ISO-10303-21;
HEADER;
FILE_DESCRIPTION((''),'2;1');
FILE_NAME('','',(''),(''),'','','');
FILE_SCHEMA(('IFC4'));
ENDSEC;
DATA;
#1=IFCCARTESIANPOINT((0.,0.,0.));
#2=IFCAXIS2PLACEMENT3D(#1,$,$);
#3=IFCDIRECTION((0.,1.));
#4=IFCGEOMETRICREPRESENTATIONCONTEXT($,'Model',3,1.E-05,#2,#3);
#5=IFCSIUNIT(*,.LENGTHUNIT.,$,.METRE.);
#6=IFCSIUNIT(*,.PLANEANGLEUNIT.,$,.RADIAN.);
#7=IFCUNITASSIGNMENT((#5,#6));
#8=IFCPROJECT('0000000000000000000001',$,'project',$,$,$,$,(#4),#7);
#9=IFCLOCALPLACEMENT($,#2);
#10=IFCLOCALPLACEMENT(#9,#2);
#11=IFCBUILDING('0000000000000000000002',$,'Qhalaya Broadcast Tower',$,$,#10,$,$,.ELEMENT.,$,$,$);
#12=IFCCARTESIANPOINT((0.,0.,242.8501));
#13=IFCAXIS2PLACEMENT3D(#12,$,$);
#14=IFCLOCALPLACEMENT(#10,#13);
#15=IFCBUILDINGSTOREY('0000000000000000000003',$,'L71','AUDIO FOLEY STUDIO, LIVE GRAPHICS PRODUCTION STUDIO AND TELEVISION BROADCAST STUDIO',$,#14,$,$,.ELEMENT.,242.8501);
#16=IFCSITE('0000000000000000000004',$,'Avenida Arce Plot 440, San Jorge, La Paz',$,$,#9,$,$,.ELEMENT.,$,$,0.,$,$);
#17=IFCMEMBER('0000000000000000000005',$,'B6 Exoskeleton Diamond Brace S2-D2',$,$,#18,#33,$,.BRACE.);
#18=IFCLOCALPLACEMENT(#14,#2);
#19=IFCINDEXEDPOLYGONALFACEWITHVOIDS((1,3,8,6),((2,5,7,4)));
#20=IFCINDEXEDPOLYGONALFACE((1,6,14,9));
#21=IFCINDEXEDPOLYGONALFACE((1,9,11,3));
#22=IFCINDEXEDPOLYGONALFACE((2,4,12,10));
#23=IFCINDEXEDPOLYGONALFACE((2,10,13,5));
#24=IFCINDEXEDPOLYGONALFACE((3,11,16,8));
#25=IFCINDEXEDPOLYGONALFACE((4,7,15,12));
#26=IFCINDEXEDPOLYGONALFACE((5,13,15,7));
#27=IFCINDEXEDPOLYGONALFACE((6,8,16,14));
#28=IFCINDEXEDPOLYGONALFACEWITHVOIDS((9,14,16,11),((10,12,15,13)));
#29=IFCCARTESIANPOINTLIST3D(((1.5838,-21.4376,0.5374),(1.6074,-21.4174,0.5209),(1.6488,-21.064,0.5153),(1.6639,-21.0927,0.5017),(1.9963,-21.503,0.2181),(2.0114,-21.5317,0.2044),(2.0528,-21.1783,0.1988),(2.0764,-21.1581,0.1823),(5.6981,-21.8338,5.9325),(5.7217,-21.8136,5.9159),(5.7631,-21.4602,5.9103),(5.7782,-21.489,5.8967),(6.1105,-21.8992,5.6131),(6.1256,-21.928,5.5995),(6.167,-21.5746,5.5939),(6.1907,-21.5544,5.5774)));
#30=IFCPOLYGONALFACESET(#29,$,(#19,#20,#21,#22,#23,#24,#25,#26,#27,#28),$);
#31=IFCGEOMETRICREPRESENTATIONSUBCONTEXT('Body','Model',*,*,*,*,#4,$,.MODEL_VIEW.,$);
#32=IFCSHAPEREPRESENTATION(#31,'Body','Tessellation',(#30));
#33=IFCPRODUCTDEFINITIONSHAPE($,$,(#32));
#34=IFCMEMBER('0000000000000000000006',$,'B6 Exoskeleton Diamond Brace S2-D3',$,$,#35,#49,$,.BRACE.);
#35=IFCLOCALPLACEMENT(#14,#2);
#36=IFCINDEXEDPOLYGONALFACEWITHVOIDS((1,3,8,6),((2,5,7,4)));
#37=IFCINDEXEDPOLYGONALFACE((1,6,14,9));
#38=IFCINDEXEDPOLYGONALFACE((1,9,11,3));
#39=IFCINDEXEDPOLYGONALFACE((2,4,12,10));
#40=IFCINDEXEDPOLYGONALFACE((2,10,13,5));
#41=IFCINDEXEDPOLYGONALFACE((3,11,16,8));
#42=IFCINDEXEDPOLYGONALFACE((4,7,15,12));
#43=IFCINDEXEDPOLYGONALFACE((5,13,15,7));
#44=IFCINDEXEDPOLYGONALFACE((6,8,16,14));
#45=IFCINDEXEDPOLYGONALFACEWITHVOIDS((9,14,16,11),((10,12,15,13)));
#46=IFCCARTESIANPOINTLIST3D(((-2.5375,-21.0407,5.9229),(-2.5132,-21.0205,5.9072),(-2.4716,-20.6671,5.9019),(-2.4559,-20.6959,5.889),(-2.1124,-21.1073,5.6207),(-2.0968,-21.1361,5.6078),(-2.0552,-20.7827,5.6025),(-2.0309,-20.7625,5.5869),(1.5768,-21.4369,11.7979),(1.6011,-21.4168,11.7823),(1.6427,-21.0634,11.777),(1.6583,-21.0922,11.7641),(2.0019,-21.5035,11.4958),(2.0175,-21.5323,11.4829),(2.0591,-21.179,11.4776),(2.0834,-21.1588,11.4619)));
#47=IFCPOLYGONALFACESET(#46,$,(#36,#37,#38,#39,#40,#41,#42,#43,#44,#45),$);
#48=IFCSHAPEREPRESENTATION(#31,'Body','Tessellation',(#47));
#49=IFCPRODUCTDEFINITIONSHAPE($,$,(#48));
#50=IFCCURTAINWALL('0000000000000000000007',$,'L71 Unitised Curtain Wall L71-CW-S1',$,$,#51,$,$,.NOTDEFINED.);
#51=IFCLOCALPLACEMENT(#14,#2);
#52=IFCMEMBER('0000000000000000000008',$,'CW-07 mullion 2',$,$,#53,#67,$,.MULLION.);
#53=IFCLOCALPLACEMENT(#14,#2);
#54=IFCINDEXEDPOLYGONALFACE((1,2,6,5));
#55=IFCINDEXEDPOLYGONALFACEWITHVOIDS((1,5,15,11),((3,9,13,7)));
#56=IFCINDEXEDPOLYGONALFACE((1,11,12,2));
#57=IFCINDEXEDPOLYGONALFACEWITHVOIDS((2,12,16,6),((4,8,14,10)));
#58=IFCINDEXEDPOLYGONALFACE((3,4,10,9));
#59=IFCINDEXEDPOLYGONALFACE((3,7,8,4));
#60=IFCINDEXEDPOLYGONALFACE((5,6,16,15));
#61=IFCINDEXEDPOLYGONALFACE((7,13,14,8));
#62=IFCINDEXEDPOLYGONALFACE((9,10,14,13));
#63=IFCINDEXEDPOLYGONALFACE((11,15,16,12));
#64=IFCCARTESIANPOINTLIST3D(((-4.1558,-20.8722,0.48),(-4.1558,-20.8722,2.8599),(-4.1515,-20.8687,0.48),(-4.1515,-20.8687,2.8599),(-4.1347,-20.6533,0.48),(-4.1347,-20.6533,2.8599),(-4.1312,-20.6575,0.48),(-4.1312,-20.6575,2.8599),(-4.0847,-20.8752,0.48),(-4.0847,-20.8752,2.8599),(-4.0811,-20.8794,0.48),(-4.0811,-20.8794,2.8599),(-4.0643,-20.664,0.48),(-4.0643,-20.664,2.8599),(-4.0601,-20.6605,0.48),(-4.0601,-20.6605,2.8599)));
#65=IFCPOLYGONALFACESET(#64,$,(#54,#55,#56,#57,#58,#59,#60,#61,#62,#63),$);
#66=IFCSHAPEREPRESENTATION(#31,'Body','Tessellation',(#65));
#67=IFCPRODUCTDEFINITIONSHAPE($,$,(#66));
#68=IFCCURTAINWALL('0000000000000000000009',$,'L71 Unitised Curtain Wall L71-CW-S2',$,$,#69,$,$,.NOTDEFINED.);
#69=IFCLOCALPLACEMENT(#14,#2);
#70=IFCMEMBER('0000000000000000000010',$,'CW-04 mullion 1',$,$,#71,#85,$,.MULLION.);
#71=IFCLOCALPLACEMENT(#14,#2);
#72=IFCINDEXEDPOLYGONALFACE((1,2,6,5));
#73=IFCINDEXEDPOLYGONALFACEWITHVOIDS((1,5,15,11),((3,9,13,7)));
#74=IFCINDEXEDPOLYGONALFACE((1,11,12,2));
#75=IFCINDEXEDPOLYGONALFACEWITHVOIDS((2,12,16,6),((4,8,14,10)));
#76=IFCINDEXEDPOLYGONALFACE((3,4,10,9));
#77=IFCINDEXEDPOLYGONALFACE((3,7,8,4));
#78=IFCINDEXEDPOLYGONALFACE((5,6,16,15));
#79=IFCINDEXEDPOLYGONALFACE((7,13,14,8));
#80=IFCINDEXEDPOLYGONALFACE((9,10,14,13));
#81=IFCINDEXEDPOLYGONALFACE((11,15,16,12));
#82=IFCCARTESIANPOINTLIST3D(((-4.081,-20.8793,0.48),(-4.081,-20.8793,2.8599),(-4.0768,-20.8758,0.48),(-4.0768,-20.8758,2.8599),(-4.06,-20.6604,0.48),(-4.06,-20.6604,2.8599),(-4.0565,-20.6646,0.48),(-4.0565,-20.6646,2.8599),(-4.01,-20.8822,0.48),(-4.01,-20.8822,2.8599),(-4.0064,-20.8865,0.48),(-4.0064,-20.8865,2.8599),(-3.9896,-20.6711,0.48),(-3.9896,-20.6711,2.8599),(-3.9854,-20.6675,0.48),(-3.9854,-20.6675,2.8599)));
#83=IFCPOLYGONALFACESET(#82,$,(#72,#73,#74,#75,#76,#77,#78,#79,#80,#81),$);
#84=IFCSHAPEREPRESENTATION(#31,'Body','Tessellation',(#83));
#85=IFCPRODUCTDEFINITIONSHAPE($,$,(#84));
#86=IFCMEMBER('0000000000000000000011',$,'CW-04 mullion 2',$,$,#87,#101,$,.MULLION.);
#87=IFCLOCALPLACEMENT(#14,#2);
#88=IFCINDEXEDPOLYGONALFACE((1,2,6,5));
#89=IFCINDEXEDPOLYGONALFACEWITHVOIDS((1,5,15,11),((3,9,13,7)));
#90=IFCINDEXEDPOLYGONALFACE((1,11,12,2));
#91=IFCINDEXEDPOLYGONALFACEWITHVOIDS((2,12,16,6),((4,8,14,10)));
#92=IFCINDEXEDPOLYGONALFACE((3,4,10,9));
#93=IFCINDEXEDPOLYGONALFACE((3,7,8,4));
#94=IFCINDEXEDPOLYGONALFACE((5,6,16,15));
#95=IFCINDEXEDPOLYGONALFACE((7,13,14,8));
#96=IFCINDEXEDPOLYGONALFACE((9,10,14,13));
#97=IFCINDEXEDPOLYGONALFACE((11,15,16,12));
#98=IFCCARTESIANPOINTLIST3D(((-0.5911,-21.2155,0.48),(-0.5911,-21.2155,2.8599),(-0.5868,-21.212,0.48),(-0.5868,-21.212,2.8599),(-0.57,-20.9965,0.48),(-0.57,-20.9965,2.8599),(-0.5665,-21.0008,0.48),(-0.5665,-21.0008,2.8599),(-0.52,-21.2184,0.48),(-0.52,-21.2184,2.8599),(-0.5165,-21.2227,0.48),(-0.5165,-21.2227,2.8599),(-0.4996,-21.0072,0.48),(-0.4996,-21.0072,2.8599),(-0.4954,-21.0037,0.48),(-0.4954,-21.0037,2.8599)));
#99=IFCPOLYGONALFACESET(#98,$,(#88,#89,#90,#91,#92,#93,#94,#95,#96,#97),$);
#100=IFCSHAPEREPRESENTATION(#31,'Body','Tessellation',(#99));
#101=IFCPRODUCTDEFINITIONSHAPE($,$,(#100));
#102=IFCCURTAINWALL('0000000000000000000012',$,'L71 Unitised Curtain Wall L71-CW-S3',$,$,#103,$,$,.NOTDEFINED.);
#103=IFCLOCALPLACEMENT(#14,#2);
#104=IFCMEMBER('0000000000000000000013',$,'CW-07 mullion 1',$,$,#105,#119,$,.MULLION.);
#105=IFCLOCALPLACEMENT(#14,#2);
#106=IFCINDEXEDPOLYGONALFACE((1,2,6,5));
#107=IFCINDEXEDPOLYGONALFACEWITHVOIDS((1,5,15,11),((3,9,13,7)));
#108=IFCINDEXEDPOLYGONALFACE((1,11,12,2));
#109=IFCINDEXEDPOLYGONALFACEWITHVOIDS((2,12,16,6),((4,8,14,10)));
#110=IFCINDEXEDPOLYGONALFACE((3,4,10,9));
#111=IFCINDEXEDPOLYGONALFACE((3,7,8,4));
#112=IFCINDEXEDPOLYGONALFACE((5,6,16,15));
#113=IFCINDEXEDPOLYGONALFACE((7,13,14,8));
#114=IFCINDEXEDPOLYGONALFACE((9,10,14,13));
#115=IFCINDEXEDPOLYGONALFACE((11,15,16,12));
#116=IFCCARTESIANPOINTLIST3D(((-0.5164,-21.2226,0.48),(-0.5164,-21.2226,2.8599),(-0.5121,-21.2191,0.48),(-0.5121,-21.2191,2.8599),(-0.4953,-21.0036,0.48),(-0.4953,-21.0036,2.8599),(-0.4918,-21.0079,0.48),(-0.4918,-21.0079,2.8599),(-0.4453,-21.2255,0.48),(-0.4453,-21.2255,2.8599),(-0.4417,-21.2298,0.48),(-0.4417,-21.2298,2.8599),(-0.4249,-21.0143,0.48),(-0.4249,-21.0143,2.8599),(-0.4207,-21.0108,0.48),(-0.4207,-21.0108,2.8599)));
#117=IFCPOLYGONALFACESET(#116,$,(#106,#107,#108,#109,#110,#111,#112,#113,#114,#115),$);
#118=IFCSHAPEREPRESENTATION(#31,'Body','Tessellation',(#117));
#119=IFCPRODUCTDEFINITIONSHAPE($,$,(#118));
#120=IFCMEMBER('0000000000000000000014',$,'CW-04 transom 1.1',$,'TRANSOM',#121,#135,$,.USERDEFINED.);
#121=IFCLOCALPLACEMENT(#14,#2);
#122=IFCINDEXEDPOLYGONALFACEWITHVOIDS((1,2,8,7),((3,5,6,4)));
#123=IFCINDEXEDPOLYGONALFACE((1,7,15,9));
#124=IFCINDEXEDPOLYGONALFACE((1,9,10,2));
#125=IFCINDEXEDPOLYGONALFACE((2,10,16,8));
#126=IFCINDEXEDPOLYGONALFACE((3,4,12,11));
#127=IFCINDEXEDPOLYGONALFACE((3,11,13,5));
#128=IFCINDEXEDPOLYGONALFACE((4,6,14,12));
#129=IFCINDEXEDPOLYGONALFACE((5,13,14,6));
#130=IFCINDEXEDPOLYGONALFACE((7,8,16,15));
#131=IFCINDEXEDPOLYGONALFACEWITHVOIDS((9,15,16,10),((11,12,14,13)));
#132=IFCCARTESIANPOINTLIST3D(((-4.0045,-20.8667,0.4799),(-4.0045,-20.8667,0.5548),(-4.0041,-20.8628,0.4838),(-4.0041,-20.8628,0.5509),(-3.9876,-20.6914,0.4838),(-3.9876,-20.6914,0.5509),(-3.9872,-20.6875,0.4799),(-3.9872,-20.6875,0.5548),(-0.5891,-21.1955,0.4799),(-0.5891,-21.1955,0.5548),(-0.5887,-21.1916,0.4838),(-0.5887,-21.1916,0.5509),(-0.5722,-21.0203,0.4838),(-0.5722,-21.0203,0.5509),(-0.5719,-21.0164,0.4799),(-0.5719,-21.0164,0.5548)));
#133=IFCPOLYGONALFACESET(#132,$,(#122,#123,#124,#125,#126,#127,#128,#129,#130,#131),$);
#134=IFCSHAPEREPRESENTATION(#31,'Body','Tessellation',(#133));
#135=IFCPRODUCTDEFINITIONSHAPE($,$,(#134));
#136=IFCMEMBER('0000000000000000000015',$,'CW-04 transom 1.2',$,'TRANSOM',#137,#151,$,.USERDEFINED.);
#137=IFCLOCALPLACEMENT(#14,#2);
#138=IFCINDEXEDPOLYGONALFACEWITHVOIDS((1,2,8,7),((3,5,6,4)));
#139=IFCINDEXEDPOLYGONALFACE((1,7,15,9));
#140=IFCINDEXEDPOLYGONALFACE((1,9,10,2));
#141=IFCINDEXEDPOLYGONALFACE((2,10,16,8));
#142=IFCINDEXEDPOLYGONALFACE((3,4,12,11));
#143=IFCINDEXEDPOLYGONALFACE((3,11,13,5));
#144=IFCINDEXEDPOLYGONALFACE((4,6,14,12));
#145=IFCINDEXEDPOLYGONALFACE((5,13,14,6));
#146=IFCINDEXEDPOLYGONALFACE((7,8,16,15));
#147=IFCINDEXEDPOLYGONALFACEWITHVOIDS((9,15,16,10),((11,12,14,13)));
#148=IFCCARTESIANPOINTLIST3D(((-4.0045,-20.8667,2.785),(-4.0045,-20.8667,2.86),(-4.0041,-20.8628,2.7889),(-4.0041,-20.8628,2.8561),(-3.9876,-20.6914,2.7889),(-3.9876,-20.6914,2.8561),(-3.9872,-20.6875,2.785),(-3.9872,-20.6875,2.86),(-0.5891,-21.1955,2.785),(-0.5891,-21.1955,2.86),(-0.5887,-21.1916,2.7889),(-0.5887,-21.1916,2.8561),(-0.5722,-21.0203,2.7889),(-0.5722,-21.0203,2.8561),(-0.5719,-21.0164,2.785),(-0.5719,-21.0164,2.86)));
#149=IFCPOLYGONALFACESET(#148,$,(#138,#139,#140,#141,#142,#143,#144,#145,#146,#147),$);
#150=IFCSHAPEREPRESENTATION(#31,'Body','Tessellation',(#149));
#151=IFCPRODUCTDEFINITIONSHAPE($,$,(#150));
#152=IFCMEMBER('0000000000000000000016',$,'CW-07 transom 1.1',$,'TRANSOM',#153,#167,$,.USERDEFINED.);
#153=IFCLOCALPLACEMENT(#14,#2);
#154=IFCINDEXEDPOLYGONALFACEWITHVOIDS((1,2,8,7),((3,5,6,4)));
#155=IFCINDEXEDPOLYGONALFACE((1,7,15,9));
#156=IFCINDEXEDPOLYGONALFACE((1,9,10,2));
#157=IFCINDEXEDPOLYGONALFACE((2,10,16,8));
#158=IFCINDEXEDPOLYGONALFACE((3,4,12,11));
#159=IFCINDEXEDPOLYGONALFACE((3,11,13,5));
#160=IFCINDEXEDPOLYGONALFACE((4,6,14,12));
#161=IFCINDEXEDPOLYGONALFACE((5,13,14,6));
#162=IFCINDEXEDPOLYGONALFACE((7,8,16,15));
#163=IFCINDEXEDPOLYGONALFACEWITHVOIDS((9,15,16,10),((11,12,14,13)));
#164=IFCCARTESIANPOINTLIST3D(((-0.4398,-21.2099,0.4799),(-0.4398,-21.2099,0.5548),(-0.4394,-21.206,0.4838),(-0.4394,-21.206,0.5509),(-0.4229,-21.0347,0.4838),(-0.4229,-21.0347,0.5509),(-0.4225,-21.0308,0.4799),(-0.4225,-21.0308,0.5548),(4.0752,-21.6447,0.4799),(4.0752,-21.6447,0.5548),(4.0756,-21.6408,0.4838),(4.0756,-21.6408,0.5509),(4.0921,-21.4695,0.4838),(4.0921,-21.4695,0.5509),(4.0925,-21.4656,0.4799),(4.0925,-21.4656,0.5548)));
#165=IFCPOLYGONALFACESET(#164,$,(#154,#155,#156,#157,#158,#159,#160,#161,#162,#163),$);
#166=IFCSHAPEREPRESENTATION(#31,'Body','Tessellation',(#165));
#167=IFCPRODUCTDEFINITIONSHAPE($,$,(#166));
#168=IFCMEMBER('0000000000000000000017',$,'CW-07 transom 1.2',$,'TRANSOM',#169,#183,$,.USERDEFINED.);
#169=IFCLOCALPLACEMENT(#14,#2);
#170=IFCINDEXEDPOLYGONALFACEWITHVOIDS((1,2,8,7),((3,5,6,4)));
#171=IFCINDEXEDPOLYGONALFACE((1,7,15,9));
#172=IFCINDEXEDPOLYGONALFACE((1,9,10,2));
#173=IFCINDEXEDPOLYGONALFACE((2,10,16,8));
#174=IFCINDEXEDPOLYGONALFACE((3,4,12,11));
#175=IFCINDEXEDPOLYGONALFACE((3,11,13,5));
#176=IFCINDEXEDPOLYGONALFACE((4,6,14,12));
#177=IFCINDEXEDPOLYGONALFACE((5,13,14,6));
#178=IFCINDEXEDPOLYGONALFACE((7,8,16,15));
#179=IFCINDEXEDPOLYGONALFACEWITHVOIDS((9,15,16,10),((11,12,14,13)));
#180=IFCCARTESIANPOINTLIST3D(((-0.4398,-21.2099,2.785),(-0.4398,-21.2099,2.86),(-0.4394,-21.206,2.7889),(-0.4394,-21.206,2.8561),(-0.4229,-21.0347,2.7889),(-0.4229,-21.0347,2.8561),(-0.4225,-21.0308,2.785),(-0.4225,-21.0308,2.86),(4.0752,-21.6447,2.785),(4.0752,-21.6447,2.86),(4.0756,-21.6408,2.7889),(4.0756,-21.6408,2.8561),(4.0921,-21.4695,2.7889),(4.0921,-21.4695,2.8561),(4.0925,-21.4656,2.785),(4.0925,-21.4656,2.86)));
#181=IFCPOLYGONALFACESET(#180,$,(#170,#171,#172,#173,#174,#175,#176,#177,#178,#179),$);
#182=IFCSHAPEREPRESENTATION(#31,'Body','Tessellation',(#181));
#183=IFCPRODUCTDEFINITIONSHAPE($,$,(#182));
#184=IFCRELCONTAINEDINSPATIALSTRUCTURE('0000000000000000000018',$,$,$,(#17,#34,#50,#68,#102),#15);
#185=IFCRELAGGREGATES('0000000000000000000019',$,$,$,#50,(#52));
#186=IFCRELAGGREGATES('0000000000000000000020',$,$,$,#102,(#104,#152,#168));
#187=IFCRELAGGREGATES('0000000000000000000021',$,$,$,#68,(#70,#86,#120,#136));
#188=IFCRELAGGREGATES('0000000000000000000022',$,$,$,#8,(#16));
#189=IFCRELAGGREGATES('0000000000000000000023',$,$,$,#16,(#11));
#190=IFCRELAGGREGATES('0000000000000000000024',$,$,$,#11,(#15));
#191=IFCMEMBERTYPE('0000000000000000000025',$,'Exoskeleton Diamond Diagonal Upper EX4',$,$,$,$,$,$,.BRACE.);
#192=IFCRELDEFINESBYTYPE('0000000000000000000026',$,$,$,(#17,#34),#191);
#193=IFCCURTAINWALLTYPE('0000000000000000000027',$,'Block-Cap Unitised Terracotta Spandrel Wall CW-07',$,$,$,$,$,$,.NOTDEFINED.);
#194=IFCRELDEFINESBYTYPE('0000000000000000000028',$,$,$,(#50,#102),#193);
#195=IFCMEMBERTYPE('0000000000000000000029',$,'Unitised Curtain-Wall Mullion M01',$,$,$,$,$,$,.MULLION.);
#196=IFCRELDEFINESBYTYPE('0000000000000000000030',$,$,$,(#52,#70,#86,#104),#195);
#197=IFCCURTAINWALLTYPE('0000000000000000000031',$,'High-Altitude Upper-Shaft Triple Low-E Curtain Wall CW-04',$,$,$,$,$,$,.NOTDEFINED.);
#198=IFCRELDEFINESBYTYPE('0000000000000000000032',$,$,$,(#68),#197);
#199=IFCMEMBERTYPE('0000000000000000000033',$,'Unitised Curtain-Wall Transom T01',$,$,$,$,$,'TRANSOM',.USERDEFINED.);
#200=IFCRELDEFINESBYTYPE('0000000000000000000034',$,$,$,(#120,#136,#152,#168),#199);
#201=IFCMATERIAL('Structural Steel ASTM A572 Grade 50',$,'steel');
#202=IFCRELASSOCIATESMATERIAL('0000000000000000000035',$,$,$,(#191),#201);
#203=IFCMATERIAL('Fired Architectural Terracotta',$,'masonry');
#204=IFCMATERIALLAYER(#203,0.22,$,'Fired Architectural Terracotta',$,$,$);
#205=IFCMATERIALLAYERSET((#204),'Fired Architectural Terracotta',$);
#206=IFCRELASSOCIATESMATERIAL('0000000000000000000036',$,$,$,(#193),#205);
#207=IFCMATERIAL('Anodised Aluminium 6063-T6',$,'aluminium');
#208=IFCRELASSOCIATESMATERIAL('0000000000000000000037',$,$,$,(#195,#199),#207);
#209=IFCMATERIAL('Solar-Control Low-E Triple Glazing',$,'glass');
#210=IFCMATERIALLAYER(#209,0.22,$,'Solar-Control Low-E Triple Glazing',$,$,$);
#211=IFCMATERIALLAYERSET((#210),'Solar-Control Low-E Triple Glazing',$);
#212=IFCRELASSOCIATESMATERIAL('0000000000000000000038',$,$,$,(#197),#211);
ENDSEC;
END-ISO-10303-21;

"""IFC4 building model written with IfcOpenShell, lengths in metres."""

from ifc_helpers import new_model, si_unit, direction, frame, origin, origin_2d, place, context, subcontext, project, spatial, hollow_rectangle, extrude, material, layer, layer_set, material_profile, profile_set, type_object, element, aggregate, save


model = new_model("IFC4")

# Units and contexts
model_context = context("Model", 3, precision=1e-05, world=origin(), true_north=direction((0.0, 1.0)))
body_context = subcontext(model_context, "Body", "Model", "MODEL_VIEW")
ifc_project = project(units=[si_unit("LENGTHUNIT", "METRE"), si_unit("PLANEANGLEUNIT", "RADIAN")], contexts=[model_context])

# Site, building, storey
site_placement = place(None, origin())
site = spatial("IfcSite", under=ifc_project, at=site_placement, Name="Avenida Arce Plot 440, San Jorge, La Paz", CompositionType="ELEMENT", RefElevation=0.0)
building_placement = place(site_placement, origin())
building = spatial("IfcBuilding", under=site, at=building_placement, Name="Qhalaya Broadcast Tower", CompositionType="ELEMENT")
storey_placement = place(building_placement, frame((0.0, 0.0, 242.8501)))
storey = spatial("IfcBuildingStorey", under=building, at=storey_placement, Name="L71", Description="AUDIO FOLEY STUDIO, LIVE GRAPHICS PRODUCTION STUDIO AND TELEVISION BROADCAST STUDIO", CompositionType="ELEMENT", Elevation=242.8501)

# Shared definitions
ifc_material_1 = material(Name="Structural Steel ASTM A572 Grade 50", Category="steel")

# Members
ifc_material_profile_1 = material_profile(ifc_material_1, hollow_rectangle(XDim=0.3799, YDim=0.55, WallThickness=0.0249, at=origin_2d()), Name="BOX 380x550x25")
ifc_profile_set_1 = profile_set([ifc_material_profile_1], Name="Structural Steel ASTM A572 Grade 50")
member_type_1 = type_object("IfcMemberType", Name="Exoskeleton Diamond Diagonal Upper EX4", PredefinedType="BRACE", material=ifc_profile_set_1)
for number, where, z_axis, x_axis, name in (
    (1, (1.8301, -21.2979, 0.3599), (0.605363, -0.058302, 0.793811), (0.171157, 0.983518, -0.05829), "B6 Exoskeleton Diamond Brace S2-D2"),
):
    element("IfcMember", number, at=place(storey_placement, frame(where, z_axis=z_axis, x_axis=x_axis)), inside=storey, type_object=member_type_1, Name=name, PredefinedType="BRACE", context=body_context, shape_type="SweptSolid", body=[
        extrude(hollow_rectangle(XDim=0.3799, YDim=0.55, WallThickness=0.0249, at=origin_2d()), origin(), (0.0, 0.0, 1.0), 6.7964),
    ])
member_1_placement = place(storey_placement, frame((-2.2842, -20.9016, 5.7549), z_axis=(0.572753, -0.055161, 0.81787), x_axis=(0.173452, 0.983297, -0.05515)))
element("IfcMember", 2, at=member_1_placement, inside=storey, type_object=member_type_1, Name="B6 Exoskeleton Diamond Brace S2-D3", PredefinedType="BRACE", context=body_context, shape_type="SweptSolid", body=[
    extrude(hollow_rectangle(XDim=0.3799, YDim=0.55, WallThickness=0.0249, at=origin_2d()), origin(), (0.0, 0.0, 1.0), 7.1833),
])

# Curtain wall, member
ifc_material_2 = material(Name="Fired Architectural Terracotta", Category="masonry")
ifc_layer_1 = layer(ifc_material_2, 0.22, Name="Fired Architectural Terracotta")
ifc_layer_set_1 = layer_set([ifc_layer_1], Name="Fired Architectural Terracotta")
curtain_wall_type_1 = type_object("IfcCurtainWallType", Name="Block-Cap Unitised Terracotta Spandrel Wall CW-07", PredefinedType="NOTDEFINED", material=ifc_layer_set_1)
curtain_wall_1_placement = place(storey_placement, origin())
curtain_wall_1 = element("IfcCurtainWall", 3, at=curtain_wall_1_placement, inside=storey, type_object=curtain_wall_type_1, Name="L71 Unitised Curtain Wall L71-CW-S1", PredefinedType="NOTDEFINED")
ifc_material_3 = material(Name="Anodised Aluminium 6063-T6", Category="aluminium")
ifc_material_profile_2 = material_profile(ifc_material_3, hollow_rectangle(XDim=0.075, YDim=0.22, WallThickness=0.0039, at=origin_2d()), Name="ALU-MUL 75x220x4")
ifc_profile_set_2 = profile_set([ifc_material_profile_2], Name="Anodised Aluminium 6063-T6")
member_type_2 = type_object("IfcMemberType", Name="Unitised Curtain-Wall Mullion M01", PredefinedType="MULLION", material=ifc_profile_set_2)
member_2_placement = place(storey_placement, frame((-4.1079, -20.7664, 0.48), z_axis=(0.0, 0.0, 1.0), x_axis=(0.995396, -0.095848, 0.0)))
member_2 = element("IfcMember", 4, at=member_2_placement, type_object=member_type_2, Name="CW-07 mullion 2", PredefinedType="MULLION", context=body_context, shape_type="SweptSolid", body=[
    extrude(hollow_rectangle(XDim=0.075, YDim=0.22, WallThickness=0.0039, at=origin_2d()), origin(), (0.0, 0.0, 1.0), 2.3799),
])
aggregate(curtain_wall_1, [member_2])

# Curtain wall, members
ifc_material_4 = material(Name="Solar-Control Low-E Triple Glazing", Category="glass")
ifc_layer_2 = layer(ifc_material_4, 0.22, Name="Solar-Control Low-E Triple Glazing")
ifc_layer_set_2 = layer_set([ifc_layer_2], Name="Solar-Control Low-E Triple Glazing")
curtain_wall_type_2 = type_object("IfcCurtainWallType", Name="High-Altitude Upper-Shaft Triple Low-E Curtain Wall CW-04", PredefinedType="NOTDEFINED", material=ifc_layer_set_2)
curtain_wall_2_placement = place(storey_placement, origin())
curtain_wall_2 = element("IfcCurtainWall", 5, at=curtain_wall_2_placement, inside=storey, type_object=curtain_wall_type_2, Name="L71 Unitised Curtain Wall L71-CW-S2", PredefinedType="NOTDEFINED")
member_3_placement = place(storey_placement, frame((-4.0332, -20.7734, 0.48), z_axis=(0.0, 0.0, 1.0), x_axis=(0.995397, -0.095837, 0.0)))
member_3 = element("IfcMember", 6, at=member_3_placement, type_object=member_type_2, Name="CW-04 mullion 1", PredefinedType="MULLION", context=body_context, shape_type="SweptSolid", body=[
    extrude(hollow_rectangle(XDim=0.075, YDim=0.22, WallThickness=0.0039, at=origin_2d()), origin(), (0.0, 0.0, 1.0), 2.3799),
])
member_4_placement = place(storey_placement, frame((-0.5432, -21.1096, 0.48), z_axis=(0.0, 0.0, 1.0), x_axis=(0.995397, -0.095837, 0.0)))
member_4 = element("IfcMember", 7, at=member_4_placement, type_object=member_type_2, Name="CW-04 mullion 2", PredefinedType="MULLION", context=body_context, shape_type="SweptSolid", body=[
    extrude(hollow_rectangle(XDim=0.075, YDim=0.22, WallThickness=0.0039, at=origin_2d()), origin(), (0.0, 0.0, 1.0), 2.3799),
])

# Curtain wall, member
curtain_wall_3_placement = place(storey_placement, origin())
curtain_wall_3 = element("IfcCurtainWall", 8, at=curtain_wall_3_placement, inside=storey, type_object=curtain_wall_type_1, Name="L71 Unitised Curtain Wall L71-CW-S3", PredefinedType="NOTDEFINED")
member_5_placement = place(storey_placement, frame((-0.4685, -21.1167, 0.48), z_axis=(0.0, 0.0, 1.0), x_axis=(0.995395, -0.09586, 0.0)))
member_5 = element("IfcMember", 9, at=member_5_placement, type_object=member_type_2, Name="CW-07 mullion 1", PredefinedType="MULLION", context=body_context, shape_type="SweptSolid", body=[
    extrude(hollow_rectangle(XDim=0.075, YDim=0.22, WallThickness=0.0039, at=origin_2d()), origin(), (0.0, 0.0, 1.0), 2.3799),
])

# Members
ifc_material_profile_3 = material_profile(ifc_material_3, hollow_rectangle(XDim=0.075, YDim=0.1799, WallThickness=0.0039, at=origin_2d()), Name="ALU-TRN 75x180x4")
ifc_profile_set_3 = profile_set([ifc_material_profile_3], Name="Anodised Aluminium 6063-T6")
member_type_3 = type_object("IfcMemberType", Name="Unitised Curtain-Wall Transom T01", ElementType="TRANSOM", PredefinedType="USERDEFINED", material=ifc_profile_set_3)
member_6_placement = place(storey_placement, frame((-3.9958, -20.7771, 0.5173), z_axis=(0.995396, -0.095847, 0.0), x_axis=(0.0, 0.0, 1.0)))
member_6 = element("IfcMember", 10, at=member_6_placement, type_object=member_type_3, Name="CW-04 transom 1.1", ObjectType="TRANSOM", PredefinedType="USERDEFINED", context=body_context, shape_type="SweptSolid", body=[
    extrude(hollow_rectangle(XDim=0.075, YDim=0.1799, WallThickness=0.0039, at=origin_2d()), origin(), (0.0, 0.0, 1.0), 3.4312),
])
member_7_placement = place(storey_placement, frame((-3.9958, -20.7771, 2.8225), z_axis=(0.995396, -0.095847, 0.0), x_axis=(0.0, 0.0, 1.0)))
member_7 = element("IfcMember", 11, at=member_7_placement, type_object=member_type_3, Name="CW-04 transom 1.2", ObjectType="TRANSOM", PredefinedType="USERDEFINED", context=body_context, shape_type="SweptSolid", body=[
    extrude(hollow_rectangle(XDim=0.075, YDim=0.1799, WallThickness=0.0039, at=origin_2d()), origin(), (0.0, 0.0, 1.0), 3.4312),
])
member_8_placement = place(storey_placement, frame((-0.4312, -21.1204, 0.5173), z_axis=(0.995395, -0.095863, 0.0), x_axis=(0.0, 0.0, 1.0)))
member_8 = element("IfcMember", 12, at=member_8_placement, type_object=member_type_3, Name="CW-07 transom 1.1", ObjectType="TRANSOM", PredefinedType="USERDEFINED", context=body_context, shape_type="SweptSolid", body=[
    extrude(hollow_rectangle(XDim=0.075, YDim=0.1799, WallThickness=0.0039, at=origin_2d()), origin(), (0.0, 0.0, 1.0), 4.5359),
])
member_9_placement = place(storey_placement, frame((-0.4312, -21.1204, 2.8225), z_axis=(0.995395, -0.095863, 0.0), x_axis=(0.0, 0.0, 1.0)))
member_9 = element("IfcMember", 13, at=member_9_placement, type_object=member_type_3, Name="CW-07 transom 1.2", ObjectType="TRANSOM", PredefinedType="USERDEFINED", context=body_context, shape_type="SweptSolid", body=[
    extrude(hollow_rectangle(XDim=0.075, YDim=0.1799, WallThickness=0.0039, at=origin_2d()), origin(), (0.0, 0.0, 1.0), 4.5359),
])

aggregate(curtain_wall_3, [member_5, member_8, member_9])
aggregate(curtain_wall_2, [member_3, member_4, member_6, member_7])

save(model, "model.ifc")
